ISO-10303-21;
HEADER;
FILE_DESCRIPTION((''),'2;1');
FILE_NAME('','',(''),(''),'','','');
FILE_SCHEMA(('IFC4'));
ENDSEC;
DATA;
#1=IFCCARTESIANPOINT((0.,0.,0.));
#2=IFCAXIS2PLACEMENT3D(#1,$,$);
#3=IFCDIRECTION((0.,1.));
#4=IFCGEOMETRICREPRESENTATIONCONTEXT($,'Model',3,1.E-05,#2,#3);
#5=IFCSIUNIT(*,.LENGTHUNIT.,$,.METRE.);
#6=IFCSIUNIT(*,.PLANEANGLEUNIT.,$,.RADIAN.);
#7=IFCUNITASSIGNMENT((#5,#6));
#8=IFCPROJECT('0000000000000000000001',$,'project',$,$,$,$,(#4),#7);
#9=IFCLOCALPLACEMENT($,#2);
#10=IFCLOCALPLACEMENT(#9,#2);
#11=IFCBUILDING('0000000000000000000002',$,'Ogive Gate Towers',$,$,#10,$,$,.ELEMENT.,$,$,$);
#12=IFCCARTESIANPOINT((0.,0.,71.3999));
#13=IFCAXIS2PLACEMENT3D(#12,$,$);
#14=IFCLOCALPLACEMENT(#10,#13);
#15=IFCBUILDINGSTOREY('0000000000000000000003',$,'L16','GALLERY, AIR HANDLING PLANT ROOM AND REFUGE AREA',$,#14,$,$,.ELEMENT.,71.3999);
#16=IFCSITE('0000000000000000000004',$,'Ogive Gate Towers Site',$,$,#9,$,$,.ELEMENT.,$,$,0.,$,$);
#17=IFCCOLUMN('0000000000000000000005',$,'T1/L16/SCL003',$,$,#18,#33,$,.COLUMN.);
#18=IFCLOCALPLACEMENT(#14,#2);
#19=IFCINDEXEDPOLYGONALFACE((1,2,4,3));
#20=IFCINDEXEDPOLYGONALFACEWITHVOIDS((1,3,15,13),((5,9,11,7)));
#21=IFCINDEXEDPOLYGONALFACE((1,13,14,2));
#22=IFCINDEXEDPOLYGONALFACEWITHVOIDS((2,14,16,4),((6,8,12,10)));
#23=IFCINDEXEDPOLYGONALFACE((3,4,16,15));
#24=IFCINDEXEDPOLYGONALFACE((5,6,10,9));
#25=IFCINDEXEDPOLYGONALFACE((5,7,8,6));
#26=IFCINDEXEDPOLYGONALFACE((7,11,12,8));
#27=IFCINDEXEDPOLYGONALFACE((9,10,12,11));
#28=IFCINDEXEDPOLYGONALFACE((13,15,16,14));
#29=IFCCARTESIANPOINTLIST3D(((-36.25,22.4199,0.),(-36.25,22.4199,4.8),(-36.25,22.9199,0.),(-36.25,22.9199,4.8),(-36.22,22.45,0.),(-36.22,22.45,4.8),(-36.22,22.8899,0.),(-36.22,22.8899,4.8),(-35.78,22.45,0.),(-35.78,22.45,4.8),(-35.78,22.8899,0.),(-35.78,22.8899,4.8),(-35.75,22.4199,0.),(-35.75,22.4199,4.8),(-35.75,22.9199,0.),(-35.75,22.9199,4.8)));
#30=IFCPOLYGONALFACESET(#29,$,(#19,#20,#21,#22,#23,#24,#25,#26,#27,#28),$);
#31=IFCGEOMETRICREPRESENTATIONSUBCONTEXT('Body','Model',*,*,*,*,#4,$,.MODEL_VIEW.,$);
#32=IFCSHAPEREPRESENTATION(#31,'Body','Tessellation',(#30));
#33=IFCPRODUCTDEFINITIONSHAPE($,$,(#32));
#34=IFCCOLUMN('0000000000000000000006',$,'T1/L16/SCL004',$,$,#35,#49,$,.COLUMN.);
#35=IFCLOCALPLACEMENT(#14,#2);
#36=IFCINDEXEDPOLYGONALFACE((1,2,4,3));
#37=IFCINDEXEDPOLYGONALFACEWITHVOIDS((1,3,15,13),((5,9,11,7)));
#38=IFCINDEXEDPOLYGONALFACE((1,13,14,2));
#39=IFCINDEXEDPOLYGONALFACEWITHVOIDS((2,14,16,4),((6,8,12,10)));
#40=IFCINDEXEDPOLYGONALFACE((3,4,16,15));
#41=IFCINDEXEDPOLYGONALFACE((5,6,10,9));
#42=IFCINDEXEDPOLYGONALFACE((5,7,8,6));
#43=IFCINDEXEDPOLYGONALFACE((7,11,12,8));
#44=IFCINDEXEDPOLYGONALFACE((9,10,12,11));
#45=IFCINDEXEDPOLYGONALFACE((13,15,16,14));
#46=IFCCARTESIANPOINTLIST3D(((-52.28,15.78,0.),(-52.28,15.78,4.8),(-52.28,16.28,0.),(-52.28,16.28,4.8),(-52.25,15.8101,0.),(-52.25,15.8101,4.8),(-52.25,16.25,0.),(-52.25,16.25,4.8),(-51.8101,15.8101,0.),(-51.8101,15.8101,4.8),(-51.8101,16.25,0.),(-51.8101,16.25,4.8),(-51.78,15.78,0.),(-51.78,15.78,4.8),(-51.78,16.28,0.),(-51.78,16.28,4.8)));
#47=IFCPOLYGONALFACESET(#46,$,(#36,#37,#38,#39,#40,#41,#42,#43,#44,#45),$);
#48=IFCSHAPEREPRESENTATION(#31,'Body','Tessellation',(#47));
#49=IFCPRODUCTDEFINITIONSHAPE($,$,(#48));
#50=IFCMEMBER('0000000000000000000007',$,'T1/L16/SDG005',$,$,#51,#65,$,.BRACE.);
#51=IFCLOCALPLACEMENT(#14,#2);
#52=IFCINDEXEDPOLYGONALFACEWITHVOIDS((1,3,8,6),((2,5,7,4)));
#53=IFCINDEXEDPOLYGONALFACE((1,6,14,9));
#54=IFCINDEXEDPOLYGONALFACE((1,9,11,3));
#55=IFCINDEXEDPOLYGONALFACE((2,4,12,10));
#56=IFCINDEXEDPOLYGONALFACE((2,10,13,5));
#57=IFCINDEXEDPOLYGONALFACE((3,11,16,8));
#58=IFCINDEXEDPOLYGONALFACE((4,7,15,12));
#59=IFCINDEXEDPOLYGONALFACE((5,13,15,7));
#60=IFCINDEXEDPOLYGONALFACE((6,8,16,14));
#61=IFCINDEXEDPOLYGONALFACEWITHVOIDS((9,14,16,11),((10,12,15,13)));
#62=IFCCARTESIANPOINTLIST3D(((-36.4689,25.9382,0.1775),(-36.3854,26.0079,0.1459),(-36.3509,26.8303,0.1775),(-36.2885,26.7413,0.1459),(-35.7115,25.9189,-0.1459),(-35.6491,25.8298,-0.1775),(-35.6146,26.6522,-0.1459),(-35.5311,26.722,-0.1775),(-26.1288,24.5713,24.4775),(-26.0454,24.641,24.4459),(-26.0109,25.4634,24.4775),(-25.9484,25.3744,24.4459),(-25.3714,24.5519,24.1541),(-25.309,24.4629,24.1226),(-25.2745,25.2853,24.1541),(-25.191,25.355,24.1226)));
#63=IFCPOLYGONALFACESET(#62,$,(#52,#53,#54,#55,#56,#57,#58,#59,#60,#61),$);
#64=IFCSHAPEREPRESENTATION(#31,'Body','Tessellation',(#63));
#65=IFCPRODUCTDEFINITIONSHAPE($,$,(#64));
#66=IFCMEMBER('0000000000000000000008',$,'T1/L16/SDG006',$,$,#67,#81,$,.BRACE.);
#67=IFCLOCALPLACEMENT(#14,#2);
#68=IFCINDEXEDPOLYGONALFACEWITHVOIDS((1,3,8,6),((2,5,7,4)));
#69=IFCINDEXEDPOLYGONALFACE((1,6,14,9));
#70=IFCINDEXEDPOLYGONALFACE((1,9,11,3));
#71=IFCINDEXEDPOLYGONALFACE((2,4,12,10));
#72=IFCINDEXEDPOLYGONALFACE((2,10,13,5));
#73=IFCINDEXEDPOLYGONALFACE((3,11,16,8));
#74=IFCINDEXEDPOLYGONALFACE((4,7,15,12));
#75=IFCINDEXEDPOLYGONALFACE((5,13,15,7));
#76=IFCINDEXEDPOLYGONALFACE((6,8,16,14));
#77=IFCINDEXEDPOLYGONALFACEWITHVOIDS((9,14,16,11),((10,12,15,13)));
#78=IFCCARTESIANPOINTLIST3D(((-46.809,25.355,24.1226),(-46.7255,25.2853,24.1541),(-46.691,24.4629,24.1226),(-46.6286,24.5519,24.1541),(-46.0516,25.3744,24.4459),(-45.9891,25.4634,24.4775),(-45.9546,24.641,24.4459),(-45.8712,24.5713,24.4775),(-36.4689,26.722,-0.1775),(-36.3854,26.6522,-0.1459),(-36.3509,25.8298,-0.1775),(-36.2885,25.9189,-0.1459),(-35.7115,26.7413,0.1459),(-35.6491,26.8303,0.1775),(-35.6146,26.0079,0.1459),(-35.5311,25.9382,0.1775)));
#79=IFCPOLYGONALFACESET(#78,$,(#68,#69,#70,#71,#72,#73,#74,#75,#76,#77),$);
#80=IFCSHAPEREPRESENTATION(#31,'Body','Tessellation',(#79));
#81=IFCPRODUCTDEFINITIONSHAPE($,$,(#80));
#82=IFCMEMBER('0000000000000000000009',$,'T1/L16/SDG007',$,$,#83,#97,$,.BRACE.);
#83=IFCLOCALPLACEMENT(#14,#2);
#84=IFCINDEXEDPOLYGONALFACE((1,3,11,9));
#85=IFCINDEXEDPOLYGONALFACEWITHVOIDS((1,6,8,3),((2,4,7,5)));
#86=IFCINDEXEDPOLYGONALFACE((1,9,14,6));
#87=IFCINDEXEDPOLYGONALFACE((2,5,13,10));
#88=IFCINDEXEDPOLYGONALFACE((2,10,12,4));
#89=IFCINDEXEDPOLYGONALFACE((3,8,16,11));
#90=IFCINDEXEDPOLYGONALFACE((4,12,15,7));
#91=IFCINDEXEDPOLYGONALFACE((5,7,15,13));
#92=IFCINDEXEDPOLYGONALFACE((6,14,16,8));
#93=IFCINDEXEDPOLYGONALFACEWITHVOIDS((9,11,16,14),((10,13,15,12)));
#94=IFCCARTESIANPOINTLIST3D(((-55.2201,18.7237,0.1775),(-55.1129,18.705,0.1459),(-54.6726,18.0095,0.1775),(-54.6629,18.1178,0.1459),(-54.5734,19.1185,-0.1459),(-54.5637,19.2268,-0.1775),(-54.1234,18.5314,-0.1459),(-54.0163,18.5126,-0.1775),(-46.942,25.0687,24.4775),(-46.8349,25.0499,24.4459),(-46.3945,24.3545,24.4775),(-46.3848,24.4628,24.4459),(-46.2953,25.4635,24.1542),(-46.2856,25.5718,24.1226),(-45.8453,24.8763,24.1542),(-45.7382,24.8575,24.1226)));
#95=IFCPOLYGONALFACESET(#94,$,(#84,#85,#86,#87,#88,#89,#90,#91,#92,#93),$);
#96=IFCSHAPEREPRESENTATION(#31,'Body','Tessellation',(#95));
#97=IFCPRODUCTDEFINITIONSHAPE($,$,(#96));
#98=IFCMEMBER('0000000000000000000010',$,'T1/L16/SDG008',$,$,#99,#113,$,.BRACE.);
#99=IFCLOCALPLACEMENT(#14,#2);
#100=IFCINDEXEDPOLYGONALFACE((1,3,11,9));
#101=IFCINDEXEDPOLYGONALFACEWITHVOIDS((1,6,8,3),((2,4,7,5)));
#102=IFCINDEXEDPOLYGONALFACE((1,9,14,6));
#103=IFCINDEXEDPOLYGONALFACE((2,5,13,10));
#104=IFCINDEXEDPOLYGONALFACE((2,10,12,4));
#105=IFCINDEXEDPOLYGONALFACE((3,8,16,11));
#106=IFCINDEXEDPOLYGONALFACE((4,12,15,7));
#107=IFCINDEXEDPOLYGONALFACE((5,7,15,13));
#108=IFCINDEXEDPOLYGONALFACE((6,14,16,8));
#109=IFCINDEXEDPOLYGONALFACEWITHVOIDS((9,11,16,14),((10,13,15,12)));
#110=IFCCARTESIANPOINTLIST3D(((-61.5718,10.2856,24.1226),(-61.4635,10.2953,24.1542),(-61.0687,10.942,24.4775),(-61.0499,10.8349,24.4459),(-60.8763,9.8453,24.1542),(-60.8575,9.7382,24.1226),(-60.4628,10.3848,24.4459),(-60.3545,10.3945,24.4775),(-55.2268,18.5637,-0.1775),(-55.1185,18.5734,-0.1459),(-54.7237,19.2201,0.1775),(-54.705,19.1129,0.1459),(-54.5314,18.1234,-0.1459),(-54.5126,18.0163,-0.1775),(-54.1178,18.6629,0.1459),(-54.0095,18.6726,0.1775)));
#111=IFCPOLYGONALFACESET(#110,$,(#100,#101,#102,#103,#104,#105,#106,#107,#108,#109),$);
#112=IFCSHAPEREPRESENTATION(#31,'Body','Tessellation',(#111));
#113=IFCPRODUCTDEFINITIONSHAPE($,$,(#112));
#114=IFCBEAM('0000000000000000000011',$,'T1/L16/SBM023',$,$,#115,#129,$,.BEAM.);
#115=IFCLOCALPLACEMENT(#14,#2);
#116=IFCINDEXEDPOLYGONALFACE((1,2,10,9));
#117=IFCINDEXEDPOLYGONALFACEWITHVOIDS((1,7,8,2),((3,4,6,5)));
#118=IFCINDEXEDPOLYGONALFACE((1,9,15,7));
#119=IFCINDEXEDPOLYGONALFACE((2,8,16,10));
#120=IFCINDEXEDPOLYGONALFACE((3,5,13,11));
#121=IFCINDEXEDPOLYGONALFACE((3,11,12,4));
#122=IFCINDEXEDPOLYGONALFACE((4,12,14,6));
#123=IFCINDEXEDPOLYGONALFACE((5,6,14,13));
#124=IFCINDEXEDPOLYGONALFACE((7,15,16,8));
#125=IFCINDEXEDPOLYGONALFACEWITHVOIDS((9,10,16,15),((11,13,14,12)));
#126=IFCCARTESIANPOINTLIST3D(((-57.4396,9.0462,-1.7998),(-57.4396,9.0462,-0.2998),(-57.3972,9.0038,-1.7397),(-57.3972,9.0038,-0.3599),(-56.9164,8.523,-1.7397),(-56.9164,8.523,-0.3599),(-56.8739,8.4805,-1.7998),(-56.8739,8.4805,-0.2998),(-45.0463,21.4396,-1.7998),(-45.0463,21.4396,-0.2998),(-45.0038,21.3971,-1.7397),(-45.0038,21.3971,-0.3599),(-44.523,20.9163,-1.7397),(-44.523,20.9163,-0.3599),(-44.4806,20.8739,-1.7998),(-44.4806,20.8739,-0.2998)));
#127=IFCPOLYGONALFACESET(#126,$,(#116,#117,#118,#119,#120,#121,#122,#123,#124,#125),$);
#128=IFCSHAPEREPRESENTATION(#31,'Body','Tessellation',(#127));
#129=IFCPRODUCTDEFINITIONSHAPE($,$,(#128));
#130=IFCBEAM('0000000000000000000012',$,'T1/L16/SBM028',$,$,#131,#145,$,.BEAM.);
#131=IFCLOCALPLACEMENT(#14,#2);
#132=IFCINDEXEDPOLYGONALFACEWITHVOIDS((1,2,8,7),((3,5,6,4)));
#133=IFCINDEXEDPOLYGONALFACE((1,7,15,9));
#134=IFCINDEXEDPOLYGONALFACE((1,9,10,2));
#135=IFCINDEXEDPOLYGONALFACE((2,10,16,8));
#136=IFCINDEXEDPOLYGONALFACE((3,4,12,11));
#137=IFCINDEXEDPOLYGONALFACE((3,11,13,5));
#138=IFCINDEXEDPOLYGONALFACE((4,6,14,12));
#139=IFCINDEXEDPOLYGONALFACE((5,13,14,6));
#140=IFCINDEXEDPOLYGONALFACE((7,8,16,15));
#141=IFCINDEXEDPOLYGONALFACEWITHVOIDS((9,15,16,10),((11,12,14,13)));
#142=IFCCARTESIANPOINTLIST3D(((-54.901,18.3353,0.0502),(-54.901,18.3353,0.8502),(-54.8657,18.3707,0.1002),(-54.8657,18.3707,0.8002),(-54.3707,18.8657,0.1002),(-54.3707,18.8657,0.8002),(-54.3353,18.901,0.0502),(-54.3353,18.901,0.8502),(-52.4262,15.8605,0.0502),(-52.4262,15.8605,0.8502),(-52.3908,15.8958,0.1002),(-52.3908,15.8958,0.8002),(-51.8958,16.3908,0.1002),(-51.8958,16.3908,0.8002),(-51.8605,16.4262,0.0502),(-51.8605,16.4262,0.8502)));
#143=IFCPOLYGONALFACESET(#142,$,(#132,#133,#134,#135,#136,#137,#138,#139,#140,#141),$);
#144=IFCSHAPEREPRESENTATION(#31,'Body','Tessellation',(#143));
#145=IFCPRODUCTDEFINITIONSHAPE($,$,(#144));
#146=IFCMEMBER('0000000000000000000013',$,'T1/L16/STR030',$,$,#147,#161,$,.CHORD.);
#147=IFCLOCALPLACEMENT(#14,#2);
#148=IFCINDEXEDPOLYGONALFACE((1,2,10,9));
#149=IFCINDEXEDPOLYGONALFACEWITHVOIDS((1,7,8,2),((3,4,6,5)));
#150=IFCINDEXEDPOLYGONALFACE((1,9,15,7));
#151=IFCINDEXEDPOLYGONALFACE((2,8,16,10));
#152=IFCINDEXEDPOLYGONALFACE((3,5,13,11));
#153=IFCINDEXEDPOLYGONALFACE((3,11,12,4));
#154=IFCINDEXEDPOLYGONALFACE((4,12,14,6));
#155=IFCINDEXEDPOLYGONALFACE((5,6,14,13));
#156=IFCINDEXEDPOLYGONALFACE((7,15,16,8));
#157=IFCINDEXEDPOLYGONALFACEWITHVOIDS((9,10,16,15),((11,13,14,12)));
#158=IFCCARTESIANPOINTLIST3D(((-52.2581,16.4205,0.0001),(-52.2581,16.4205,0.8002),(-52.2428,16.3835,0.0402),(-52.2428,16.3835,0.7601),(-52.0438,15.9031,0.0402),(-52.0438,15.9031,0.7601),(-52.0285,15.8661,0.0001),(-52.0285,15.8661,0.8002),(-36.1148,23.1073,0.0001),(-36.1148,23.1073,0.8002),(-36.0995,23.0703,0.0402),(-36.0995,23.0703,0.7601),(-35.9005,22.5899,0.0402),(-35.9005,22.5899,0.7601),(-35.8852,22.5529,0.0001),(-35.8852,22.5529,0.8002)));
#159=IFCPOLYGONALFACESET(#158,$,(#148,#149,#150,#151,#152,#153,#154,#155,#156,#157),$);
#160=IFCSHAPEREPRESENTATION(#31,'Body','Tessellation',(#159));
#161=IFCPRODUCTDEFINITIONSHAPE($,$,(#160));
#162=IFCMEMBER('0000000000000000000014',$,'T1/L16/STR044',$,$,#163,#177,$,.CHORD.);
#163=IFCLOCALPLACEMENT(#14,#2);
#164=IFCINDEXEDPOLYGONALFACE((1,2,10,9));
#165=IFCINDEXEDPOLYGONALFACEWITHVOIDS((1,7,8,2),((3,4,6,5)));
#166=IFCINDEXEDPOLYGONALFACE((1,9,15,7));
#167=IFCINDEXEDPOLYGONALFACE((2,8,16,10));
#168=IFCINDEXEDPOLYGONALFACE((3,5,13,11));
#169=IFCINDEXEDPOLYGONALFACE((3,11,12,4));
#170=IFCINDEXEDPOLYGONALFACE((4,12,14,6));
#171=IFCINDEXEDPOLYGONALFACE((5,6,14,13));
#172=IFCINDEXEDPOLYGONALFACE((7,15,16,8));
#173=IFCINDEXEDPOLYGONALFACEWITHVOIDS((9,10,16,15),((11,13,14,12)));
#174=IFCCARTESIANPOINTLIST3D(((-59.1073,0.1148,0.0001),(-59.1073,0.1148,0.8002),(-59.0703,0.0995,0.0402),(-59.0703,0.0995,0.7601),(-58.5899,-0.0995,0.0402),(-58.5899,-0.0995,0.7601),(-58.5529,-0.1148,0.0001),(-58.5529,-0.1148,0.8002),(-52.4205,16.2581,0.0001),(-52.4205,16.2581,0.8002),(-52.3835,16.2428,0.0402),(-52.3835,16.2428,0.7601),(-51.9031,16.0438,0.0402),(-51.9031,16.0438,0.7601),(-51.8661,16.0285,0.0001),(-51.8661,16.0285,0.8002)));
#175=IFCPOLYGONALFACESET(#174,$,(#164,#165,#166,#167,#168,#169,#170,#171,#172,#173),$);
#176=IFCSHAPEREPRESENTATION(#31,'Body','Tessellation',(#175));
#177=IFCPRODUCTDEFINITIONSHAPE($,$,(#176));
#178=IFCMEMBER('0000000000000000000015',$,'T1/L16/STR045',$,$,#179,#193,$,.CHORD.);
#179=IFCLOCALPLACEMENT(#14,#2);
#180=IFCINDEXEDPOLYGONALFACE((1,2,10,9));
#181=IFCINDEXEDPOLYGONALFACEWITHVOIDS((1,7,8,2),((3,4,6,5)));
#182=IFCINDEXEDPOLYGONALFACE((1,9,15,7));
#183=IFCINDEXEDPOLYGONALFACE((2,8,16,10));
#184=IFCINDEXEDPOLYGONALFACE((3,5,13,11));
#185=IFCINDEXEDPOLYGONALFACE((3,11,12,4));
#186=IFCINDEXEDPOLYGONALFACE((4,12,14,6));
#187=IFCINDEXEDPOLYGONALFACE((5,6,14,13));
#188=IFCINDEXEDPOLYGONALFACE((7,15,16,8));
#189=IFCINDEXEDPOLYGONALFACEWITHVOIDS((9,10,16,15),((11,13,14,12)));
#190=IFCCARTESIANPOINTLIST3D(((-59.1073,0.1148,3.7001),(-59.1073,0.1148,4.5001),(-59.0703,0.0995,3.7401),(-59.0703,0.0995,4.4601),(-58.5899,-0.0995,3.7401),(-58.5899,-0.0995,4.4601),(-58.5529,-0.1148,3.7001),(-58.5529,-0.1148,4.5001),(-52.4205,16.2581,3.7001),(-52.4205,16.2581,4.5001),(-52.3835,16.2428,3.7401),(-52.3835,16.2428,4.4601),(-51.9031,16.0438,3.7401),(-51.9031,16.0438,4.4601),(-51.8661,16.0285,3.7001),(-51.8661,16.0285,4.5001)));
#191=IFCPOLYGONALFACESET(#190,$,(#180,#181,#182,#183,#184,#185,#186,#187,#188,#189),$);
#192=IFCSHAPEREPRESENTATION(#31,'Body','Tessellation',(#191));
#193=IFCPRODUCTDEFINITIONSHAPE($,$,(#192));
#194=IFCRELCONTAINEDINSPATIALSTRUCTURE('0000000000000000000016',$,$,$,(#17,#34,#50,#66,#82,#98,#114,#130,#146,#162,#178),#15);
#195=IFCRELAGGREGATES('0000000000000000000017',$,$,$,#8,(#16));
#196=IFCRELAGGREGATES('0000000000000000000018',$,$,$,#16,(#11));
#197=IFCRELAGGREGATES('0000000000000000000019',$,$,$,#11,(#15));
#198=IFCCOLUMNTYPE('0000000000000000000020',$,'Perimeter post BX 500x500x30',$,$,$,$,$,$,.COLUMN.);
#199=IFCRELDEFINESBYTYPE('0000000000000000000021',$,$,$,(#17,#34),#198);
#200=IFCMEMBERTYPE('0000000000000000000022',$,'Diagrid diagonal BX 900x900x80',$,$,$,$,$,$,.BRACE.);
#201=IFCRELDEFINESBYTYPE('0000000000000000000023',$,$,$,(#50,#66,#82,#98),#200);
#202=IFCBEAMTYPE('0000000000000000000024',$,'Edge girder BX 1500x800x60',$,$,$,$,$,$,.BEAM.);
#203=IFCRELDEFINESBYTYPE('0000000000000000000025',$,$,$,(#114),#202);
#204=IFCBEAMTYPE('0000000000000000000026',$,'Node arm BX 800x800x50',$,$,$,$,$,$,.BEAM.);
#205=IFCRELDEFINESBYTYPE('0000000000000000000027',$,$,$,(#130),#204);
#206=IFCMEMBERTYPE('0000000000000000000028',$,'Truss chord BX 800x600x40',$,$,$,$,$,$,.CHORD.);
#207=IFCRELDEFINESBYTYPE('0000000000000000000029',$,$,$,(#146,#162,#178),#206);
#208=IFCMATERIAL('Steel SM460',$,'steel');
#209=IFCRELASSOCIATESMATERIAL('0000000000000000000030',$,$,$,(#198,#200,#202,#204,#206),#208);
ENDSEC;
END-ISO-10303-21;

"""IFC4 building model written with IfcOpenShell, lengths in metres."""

from ifc_helpers import new_model, si_unit, direction, frame, origin, origin_2d, place, context, subcontext, project, spatial, hollow_rectangle, extrude, material, material_profile, profile_set, type_object, element, save


model = new_model("IFC4")

# Units and contexts
model_context = context("Model", 3, precision=1e-05, world=origin(), true_north=direction((0.0, 1.0)))
body_context = subcontext(model_context, "Body", "Model", "MODEL_VIEW")
ifc_project = project(units=[si_unit("LENGTHUNIT", "METRE"), si_unit("PLANEANGLEUNIT", "RADIAN")], contexts=[model_context])

# Site, building, storey
site_placement = place(None, origin())
site = spatial("IfcSite", under=ifc_project, at=site_placement, Name="Ogive Gate Towers Site", CompositionType="ELEMENT", RefElevation=0.0)
building_placement = place(site_placement, origin())
building = spatial("IfcBuilding", under=site, at=building_placement, Name="Ogive Gate Towers", CompositionType="ELEMENT")
storey_placement = place(building_placement, frame((0.0, 0.0, 71.3999)))
storey = spatial("IfcBuildingStorey", under=building, at=storey_placement, Name="L16", Description="GALLERY, AIR HANDLING PLANT ROOM AND REFUGE AREA", CompositionType="ELEMENT", Elevation=71.3999)

# Columns
ifc_material_1 = material(Name="Steel SM460", Category="steel")
ifc_material_profile_1 = material_profile(ifc_material_1, hollow_rectangle(XDim=0.5, YDim=0.5, WallThickness=0.03, at=origin_2d()), Name="BX 500x500x30")
ifc_profile_set_1 = profile_set([ifc_material_profile_1], Name="Steel SM460")
column_type = type_object("IfcColumnType", Name="Perimeter post BX 500x500x30", PredefinedType="COLUMN", material=ifc_profile_set_1)
for number, where, z_axis, x_axis, name in (
    (1, (-36.0, 22.6699, 0.0), (0.0, 0.0, 1.0), (1.0, 0.0, 0.0), "T1/L16/SCL003"),
    (2, (-52.03, 16.03, 0.0), (0.0, 0.0, 1.0), (1.0, 0.0, 0.0), "T1/L16/SCL004"),
):
    element("IfcColumn", number, at=place(storey_placement, frame(where, z_axis=z_axis, x_axis=x_axis)), inside=storey, type_object=column_type, Name=name, PredefinedType="COLUMN", context=body_context, shape_type="SweptSolid", body=[
        extrude(hollow_rectangle(XDim=0.5, YDim=0.5, WallThickness=0.03, at=origin_2d()), origin(), (0.0, 0.0, 1.0), 4.8),
    ])

# Members
ifc_material_profile_2 = material_profile(ifc_material_1, hollow_rectangle(XDim=0.8999, YDim=0.8999, WallThickness=0.0801, at=origin_2d()), Name="BX 900x900x80")
ifc_profile_set_2 = profile_set([ifc_material_profile_2], Name="Steel SM460")
member_type_1 = type_object("IfcMemberType", Name="Diagrid diagonal BX 900x900x80", PredefinedType="BRACE", material=ifc_profile_set_2)
for number, where, z_axis, x_axis, name in (
    (3, (-36.0, 26.3301, 0.0), (0.39102, -0.051692, 0.918929), (0.131058, 0.991375, 0.0), "T1/L16/SDG005"),
    (4, (-36.0, 26.3301, 0.0), (-0.39102, -0.051692, 0.918929), (0.131058, -0.991375, 0.0), "T1/L16/SDG006"),
    (5, (-54.6182, 18.6182, 0.0), (0.313043, 0.239941, 0.91893), (-0.608338, 0.793678, 0.0), "T1/L16/SDG007"),
    (6, (-54.6182, 18.6182, 0.0), (-0.239941, -0.313043, 0.91893), (0.793678, -0.608338, 0.0), "T1/L16/SDG008"),
):
    element("IfcMember", number, at=place(storey_placement, frame(where, z_axis=z_axis, x_axis=x_axis)), inside=storey, type_object=member_type_1, Name=name, PredefinedType="BRACE", context=body_context, shape_type="SweptSolid", body=[
        extrude(hollow_rectangle(XDim=0.8999, YDim=0.8999, WallThickness=0.0801, at=origin_2d()), origin(), (0.0, 0.0, 1.0), 26.4438),
    ])

# Beams
ifc_material_profile_3 = material_profile(ifc_material_1, hollow_rectangle(XDim=0.8, YDim=1.5, WallThickness=0.0601, at=origin_2d()), Name="BX 1500x800x60")
ifc_profile_set_3 = profile_set([ifc_material_profile_3], Name="Steel SM460")
beam_type_1 = type_object("IfcBeamType", Name="Edge girder BX 1500x800x60", PredefinedType="BEAM", material=ifc_profile_set_3)
beam_1_placement = place(storey_placement, frame((-44.7634, 21.1567, -1.0498), z_axis=(-0.707107, -0.707107, 0.0), x_axis=(0.707107, -0.707107, 0.0)))
element("IfcBeam", 7, at=beam_1_placement, inside=storey, type_object=beam_type_1, Name="T1/L16/SBM023", PredefinedType="BEAM", context=body_context, shape_type="SweptSolid", body=[
    extrude(hollow_rectangle(XDim=0.8, YDim=1.5, WallThickness=0.0601, at=origin_2d()), origin(), (0.0, 0.0, 1.0), 17.5269),
])
ifc_material_profile_4 = material_profile(ifc_material_1, hollow_rectangle(XDim=0.8, YDim=0.8, WallThickness=0.05, at=origin_2d()), Name="BX 800x800x50")
ifc_profile_set_4 = profile_set([ifc_material_profile_4], Name="Steel SM460")
beam_type_2 = type_object("IfcBeamType", Name="Node arm BX 800x800x50", PredefinedType="BEAM", material=ifc_profile_set_4)
beam_2_placement = place(storey_placement, frame((-52.1433, 16.1433, 0.4502), z_axis=(-0.707107, 0.707107, 0.0), x_axis=(-0.707107, -0.707107, 0.0)))
element("IfcBeam", 8, at=beam_2_placement, inside=storey, type_object=beam_type_2, Name="T1/L16/SBM028", PredefinedType="BEAM", context=body_context, shape_type="SweptSolid", body=[
    extrude(hollow_rectangle(XDim=0.8, YDim=0.8, WallThickness=0.05, at=origin_2d()), origin(), (0.0, 0.0, 1.0), 3.5),
])

# Members
ifc_material_profile_5 = material_profile(ifc_material_1, hollow_rectangle(XDim=0.6001, YDim=0.8, WallThickness=0.04, at=origin_2d()), Name="BX 800x600x40")
ifc_profile_set_5 = profile_set([ifc_material_profile_5], Name="Steel SM460")
member_type_2 = type_object("IfcMemberType", Name="Truss chord BX 800x600x40", PredefinedType="CHORD", material=ifc_profile_set_5)
for number, where, z_axis, x_axis, name in (
    (9, (-36.0, 22.8301, 0.4001), (-0.92388, -0.382683, 0.0), (0.382683, -0.92388, 0.0), "T1/L16/STR030"),
    (10, (-52.1433, 16.1433, 0.4001), (-0.382683, -0.92388, 0.0), (0.92388, -0.382683, 0.0), "T1/L16/STR044"),
    (11, (-52.1433, 16.1433, 4.1001), (-0.382683, -0.92388, 0.0), (0.92388, -0.382683, 0.0), "T1/L16/STR045"),
):
    element("IfcMember", number, at=place(storey_placement, frame(where, z_axis=z_axis, x_axis=x_axis)), inside=storey, type_object=member_type_2, Name=name, PredefinedType="CHORD", context=body_context, shape_type="SweptSolid", body=[
        extrude(hollow_rectangle(XDim=0.6001, YDim=0.8, WallThickness=0.04, at=origin_2d()), origin(), (0.0, 0.0, 1.0), 17.4734),
    ])

save(model, "model.ifc")
